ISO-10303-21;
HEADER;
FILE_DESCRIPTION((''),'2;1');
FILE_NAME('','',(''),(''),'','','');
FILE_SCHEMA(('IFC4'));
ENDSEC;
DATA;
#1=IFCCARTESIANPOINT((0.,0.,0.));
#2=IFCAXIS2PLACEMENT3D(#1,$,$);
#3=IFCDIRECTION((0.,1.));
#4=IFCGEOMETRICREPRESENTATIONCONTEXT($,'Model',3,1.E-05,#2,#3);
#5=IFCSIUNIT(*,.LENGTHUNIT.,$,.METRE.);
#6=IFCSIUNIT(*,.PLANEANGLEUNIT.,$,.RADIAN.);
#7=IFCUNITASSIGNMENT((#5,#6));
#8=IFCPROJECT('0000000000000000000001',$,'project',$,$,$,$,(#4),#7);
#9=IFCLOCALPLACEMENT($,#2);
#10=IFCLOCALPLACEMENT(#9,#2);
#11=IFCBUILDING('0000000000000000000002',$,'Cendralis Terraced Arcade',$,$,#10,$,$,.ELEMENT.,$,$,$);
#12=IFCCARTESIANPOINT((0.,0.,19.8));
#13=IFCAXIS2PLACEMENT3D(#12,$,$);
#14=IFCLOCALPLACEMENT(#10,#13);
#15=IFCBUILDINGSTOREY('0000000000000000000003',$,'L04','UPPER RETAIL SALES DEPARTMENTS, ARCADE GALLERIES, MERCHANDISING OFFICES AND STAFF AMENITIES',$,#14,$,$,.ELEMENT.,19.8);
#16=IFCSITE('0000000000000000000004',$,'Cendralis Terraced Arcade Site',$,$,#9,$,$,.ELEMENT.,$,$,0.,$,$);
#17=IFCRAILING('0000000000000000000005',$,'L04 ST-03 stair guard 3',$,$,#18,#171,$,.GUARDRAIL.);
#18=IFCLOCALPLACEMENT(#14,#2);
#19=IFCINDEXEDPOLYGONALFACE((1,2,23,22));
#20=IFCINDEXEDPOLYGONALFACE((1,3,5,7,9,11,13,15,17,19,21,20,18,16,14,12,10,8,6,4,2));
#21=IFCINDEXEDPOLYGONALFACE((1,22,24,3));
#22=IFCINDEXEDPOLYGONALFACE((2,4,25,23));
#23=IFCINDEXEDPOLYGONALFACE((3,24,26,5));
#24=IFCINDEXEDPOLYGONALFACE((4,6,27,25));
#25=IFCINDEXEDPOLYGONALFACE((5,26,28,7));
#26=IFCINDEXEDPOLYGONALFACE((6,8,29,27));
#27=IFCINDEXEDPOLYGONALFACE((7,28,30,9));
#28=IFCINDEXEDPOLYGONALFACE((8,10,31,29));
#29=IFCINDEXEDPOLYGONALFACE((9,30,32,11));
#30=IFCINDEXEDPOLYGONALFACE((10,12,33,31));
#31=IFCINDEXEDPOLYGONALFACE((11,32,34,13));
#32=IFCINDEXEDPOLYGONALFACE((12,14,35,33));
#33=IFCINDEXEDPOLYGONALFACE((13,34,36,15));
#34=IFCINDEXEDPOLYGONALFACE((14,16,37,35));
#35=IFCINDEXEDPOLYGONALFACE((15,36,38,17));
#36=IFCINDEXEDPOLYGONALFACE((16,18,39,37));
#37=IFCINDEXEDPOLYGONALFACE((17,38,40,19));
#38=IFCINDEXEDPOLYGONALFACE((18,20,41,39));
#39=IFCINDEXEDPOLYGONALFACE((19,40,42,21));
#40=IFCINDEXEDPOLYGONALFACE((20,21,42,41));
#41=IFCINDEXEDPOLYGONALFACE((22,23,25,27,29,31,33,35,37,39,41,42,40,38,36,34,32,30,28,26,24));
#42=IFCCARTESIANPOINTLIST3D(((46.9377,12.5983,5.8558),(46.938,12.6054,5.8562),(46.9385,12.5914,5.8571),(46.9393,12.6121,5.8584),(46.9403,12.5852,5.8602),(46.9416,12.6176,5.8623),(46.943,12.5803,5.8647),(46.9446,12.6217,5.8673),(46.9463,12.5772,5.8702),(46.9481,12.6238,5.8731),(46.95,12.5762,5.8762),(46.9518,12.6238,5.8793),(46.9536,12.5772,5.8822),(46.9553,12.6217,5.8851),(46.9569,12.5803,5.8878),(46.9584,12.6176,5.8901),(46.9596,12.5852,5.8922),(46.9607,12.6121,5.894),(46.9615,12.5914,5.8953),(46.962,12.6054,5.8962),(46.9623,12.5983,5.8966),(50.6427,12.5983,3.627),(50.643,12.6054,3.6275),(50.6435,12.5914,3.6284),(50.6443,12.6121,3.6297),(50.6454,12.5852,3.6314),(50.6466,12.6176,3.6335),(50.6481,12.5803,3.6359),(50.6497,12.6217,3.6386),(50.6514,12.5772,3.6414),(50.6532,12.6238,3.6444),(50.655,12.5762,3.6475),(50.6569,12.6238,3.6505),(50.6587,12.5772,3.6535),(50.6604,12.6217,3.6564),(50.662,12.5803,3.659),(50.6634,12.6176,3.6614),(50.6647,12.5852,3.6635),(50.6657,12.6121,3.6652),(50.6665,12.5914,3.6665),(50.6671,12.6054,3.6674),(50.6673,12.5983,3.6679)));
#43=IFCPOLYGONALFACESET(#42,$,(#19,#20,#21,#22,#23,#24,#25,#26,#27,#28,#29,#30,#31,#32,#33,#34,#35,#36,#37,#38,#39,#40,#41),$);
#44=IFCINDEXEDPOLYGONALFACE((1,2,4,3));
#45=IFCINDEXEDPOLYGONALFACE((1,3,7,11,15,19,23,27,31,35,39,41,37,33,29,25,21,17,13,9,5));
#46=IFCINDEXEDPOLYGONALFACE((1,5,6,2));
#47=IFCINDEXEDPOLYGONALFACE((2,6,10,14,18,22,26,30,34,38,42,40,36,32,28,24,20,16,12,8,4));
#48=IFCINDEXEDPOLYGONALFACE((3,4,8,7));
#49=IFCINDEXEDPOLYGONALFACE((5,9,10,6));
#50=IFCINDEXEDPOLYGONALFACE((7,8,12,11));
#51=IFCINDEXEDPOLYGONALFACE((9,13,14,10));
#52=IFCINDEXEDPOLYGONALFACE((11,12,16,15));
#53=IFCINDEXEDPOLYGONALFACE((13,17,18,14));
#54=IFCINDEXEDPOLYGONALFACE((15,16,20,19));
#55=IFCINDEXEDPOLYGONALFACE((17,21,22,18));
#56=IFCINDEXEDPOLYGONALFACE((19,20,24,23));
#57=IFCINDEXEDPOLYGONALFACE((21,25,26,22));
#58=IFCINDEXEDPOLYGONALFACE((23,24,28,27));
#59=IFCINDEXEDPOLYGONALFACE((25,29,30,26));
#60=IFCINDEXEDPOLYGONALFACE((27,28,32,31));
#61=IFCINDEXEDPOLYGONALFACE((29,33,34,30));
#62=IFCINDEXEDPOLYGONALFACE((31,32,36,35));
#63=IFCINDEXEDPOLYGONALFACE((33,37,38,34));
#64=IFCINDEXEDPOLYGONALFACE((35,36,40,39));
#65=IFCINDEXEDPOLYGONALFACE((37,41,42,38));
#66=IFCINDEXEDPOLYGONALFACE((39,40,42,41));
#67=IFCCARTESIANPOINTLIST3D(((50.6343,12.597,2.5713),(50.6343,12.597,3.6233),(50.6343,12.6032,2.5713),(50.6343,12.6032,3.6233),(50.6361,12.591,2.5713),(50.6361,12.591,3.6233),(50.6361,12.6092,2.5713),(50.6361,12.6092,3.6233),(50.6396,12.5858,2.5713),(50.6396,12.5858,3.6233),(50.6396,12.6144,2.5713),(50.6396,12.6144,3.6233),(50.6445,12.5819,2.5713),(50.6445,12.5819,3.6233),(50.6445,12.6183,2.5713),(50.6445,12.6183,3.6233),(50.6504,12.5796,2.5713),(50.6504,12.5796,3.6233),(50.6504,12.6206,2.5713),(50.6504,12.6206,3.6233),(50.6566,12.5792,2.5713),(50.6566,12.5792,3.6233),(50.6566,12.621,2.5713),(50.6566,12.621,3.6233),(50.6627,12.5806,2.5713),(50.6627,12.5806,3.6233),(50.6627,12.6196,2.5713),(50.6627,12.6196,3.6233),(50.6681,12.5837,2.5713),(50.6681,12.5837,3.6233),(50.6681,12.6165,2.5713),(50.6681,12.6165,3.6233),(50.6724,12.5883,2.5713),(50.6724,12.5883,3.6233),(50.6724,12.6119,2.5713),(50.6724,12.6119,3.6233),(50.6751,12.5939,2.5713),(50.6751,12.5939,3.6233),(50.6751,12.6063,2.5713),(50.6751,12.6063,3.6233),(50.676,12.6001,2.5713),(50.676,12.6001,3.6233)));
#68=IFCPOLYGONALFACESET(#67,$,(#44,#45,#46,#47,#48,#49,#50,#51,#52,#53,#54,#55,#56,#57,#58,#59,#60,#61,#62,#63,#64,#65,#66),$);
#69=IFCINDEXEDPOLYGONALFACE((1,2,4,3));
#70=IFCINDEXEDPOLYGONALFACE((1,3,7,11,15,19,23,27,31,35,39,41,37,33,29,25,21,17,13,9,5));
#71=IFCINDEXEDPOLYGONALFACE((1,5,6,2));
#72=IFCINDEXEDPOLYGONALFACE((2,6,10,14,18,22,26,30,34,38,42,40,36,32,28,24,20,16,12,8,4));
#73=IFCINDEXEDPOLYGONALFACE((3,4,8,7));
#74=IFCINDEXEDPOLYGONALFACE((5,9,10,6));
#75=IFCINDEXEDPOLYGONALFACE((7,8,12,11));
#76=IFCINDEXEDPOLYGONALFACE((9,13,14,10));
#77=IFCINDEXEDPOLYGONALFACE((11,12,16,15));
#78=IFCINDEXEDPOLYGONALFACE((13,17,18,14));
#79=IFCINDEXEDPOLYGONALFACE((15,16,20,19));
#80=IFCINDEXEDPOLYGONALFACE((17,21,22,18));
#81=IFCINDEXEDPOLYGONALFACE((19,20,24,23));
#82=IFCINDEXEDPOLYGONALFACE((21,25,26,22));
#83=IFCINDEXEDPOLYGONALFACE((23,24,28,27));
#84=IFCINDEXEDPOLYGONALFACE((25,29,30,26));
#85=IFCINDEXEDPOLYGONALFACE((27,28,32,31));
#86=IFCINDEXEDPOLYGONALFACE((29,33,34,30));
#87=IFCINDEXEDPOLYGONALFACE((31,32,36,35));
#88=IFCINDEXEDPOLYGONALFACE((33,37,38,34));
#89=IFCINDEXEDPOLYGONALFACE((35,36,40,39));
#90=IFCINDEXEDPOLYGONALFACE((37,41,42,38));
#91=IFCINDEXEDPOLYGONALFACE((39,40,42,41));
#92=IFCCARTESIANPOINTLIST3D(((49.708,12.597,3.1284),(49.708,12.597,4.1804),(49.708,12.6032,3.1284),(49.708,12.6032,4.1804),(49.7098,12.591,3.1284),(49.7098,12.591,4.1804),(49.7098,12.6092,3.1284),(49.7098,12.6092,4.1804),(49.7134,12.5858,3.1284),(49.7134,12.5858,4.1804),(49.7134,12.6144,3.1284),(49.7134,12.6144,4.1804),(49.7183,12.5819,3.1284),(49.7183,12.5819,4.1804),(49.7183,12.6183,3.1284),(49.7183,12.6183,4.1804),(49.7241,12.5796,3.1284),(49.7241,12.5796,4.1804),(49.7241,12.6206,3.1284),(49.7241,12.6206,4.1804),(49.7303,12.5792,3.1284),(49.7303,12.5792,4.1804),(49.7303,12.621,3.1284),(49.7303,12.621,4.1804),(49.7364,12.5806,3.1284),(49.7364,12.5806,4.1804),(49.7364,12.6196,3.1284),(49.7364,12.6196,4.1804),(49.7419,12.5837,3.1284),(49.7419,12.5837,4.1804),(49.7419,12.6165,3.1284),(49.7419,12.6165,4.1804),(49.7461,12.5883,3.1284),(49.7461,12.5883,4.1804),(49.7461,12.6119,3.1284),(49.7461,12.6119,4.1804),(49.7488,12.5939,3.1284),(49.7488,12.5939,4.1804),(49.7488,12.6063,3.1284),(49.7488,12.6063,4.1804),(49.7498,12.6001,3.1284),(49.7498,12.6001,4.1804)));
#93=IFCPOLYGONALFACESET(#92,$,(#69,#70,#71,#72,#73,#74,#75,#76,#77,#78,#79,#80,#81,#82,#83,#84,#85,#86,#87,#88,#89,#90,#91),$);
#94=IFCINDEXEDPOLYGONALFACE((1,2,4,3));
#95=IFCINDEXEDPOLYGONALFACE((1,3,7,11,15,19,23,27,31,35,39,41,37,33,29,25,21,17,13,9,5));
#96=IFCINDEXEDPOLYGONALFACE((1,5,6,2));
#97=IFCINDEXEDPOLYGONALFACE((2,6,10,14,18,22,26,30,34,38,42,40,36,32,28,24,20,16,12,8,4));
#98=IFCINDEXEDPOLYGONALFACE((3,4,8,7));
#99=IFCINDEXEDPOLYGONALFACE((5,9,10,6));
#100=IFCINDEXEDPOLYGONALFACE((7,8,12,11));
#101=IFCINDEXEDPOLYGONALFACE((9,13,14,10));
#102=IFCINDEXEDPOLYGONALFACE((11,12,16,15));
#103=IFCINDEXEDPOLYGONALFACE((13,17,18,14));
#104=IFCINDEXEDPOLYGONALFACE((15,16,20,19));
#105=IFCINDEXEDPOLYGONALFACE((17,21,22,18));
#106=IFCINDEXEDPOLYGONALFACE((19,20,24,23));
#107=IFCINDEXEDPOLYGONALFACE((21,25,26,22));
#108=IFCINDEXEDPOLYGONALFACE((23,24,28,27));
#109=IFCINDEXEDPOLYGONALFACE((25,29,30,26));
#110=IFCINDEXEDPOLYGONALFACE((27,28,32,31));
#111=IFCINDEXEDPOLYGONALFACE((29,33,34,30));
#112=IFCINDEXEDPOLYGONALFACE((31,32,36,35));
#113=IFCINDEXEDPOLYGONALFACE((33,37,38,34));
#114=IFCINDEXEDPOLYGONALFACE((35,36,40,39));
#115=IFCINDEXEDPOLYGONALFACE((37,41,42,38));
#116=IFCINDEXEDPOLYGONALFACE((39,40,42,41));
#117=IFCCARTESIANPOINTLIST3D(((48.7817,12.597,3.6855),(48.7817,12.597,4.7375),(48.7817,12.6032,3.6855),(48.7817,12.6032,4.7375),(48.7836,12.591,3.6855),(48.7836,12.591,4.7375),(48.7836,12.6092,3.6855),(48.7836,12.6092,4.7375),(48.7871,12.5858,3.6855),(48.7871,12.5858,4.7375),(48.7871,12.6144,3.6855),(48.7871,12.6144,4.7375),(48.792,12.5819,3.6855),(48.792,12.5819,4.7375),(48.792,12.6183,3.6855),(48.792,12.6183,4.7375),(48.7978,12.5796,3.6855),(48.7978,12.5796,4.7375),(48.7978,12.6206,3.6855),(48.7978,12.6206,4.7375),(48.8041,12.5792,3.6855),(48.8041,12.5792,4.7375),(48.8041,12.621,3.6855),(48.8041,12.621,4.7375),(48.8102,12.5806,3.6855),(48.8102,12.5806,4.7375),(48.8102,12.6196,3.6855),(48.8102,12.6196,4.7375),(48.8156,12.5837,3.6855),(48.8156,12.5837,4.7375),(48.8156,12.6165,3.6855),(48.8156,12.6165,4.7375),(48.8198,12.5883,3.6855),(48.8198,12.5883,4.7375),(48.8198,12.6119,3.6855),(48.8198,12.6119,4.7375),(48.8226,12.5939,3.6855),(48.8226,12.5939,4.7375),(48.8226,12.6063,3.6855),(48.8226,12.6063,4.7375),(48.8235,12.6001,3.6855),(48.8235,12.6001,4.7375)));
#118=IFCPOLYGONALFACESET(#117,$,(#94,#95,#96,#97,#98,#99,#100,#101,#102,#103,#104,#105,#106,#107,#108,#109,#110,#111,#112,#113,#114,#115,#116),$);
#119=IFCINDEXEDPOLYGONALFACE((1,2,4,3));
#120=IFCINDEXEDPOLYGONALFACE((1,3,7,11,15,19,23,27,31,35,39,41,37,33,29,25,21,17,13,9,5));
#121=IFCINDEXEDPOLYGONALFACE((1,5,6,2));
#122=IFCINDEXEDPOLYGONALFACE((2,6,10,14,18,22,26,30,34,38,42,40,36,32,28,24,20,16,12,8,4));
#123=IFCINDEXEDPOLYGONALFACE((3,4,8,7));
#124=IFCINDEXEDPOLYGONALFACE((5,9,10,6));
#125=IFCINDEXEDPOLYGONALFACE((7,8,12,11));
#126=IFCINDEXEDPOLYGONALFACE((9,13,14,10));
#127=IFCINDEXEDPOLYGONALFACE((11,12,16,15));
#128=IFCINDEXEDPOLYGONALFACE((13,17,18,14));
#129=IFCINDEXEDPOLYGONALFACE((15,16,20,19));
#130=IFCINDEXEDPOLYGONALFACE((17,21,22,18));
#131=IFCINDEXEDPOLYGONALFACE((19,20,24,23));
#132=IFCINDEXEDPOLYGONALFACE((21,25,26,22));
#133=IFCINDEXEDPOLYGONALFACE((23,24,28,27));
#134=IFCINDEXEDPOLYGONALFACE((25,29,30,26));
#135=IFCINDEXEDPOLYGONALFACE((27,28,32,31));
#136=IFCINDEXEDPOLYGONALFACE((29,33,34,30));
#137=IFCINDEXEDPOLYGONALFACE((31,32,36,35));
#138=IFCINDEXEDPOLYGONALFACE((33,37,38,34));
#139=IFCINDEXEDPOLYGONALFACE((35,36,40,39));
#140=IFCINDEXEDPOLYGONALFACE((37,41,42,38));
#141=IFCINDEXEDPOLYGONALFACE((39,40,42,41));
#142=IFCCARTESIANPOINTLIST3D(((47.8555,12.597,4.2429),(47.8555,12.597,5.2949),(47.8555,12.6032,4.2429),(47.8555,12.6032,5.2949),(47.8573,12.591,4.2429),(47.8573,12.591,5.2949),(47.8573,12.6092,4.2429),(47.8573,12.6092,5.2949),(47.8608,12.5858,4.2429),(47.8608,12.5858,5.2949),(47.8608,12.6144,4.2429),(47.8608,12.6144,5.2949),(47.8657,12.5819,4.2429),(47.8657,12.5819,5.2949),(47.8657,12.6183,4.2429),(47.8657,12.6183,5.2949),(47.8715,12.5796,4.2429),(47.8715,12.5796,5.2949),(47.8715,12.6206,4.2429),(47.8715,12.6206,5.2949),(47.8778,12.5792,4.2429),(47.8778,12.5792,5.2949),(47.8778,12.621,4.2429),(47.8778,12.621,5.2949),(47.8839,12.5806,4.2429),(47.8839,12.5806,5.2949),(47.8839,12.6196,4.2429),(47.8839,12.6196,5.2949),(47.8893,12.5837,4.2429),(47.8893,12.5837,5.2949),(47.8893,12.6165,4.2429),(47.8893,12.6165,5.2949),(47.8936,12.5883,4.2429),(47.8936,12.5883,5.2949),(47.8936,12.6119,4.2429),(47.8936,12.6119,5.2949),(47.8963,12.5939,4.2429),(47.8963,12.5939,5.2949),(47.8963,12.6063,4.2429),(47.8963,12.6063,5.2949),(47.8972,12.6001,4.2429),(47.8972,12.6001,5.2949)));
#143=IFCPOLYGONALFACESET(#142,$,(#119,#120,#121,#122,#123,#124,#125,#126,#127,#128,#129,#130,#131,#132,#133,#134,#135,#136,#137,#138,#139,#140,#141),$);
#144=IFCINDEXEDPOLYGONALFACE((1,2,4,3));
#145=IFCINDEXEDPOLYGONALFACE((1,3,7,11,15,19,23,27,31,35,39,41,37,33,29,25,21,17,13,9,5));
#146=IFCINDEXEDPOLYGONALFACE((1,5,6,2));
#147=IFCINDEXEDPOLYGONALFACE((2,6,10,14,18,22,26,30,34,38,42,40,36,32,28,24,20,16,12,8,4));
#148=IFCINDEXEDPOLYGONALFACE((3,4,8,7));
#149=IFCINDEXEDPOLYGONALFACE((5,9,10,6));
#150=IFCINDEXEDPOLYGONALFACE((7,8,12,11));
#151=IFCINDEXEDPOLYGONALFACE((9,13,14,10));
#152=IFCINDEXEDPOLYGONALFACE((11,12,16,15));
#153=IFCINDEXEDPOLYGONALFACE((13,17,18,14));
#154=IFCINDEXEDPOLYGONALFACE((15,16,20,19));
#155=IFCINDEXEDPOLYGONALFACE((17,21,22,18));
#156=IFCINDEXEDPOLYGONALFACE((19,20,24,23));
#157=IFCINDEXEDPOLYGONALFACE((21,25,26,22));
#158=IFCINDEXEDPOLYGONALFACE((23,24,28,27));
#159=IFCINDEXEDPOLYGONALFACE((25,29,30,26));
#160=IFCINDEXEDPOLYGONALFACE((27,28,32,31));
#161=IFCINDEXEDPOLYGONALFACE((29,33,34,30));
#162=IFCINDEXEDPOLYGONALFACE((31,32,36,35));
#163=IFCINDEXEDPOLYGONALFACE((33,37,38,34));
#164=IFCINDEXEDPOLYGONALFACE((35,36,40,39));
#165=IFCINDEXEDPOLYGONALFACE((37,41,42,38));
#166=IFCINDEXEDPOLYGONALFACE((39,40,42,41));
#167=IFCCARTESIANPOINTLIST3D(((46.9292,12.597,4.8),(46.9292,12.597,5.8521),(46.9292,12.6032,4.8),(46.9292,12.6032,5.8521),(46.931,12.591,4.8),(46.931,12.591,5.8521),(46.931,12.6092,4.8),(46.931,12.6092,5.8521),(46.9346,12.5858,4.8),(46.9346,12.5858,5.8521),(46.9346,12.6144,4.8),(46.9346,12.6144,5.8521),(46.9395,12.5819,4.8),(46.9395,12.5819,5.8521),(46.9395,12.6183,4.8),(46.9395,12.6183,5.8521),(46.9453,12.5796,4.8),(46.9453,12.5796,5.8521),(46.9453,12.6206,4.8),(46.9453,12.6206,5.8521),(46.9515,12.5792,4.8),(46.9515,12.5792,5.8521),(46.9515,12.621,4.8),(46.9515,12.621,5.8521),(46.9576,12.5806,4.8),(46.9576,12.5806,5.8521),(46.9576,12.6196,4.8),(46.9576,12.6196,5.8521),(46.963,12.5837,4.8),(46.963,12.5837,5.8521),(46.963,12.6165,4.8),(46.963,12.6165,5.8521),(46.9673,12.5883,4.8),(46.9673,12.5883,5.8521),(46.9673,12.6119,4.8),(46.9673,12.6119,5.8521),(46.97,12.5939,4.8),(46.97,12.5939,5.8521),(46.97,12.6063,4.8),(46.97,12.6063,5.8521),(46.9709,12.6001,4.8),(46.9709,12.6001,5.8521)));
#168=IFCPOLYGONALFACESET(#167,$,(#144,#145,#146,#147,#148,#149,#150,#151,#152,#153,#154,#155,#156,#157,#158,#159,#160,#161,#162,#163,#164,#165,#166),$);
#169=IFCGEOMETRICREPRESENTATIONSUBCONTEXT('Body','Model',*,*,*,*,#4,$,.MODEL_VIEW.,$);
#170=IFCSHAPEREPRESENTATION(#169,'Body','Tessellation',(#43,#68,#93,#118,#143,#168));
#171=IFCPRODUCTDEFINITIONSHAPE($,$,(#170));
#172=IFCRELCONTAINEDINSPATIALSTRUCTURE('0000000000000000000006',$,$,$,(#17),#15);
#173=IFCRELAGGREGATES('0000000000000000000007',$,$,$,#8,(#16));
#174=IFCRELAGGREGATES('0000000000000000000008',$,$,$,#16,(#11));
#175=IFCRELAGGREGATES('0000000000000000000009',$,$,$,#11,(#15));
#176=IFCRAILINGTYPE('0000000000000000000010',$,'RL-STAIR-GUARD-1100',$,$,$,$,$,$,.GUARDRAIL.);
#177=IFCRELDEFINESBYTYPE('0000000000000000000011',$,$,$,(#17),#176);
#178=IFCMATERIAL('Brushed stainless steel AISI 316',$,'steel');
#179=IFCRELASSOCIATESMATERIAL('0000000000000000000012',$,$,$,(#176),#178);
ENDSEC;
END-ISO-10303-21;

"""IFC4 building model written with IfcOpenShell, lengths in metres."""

from ifc_helpers import new_model, si_unit, direction, frame, origin, origin_2d, place, context, subcontext, project, spatial, circle, extrude, material, type_object, element, save


model = new_model("IFC4")

# Units and contexts
model_context = context("Model", 3, precision=1e-05, world=origin(), true_north=direction((0.0, 1.0)))
body_context = subcontext(model_context, "Body", "Model", "MODEL_VIEW")
ifc_project = project(units=[si_unit("LENGTHUNIT", "METRE"), si_unit("PLANEANGLEUNIT", "RADIAN")], contexts=[model_context])

# Site, building, storey
site_placement = place(None, origin())
site = spatial("IfcSite", under=ifc_project, at=site_placement, Name="Cendralis Terraced Arcade Site", CompositionType="ELEMENT", RefElevation=0.0)
building_placement = place(site_placement, origin())
building = spatial("IfcBuilding", under=site, at=building_placement, Name="Cendralis Terraced Arcade", CompositionType="ELEMENT")
storey_placement = place(building_placement, frame((0.0, 0.0, 19.8)))
storey = spatial("IfcBuildingStorey", under=building, at=storey_placement, Name="L04", Description="UPPER RETAIL SALES DEPARTMENTS, ARCADE GALLERIES, MERCHANDISING OFFICES AND STAFF AMENITIES", CompositionType="ELEMENT", Elevation=19.8)

# Railing
ifc_material_1 = material(Name="Brushed stainless steel AISI 316", Category="steel")
railing_type_1 = type_object("IfcRailingType", Name="RL-STAIR-GUARD-1100", PredefinedType="GUARDRAIL", material=ifc_material_1)
railing_1_placement = place(storey_placement, frame((50.655, 12.6001, 2.5713)))
element("IfcRailing", 1, at=railing_1_placement, inside=storey, type_object=railing_type_1, Name="L04 ST-03 stair guard 3", PredefinedType="GUARDRAIL", context=body_context, shape_type="SweptSolid", body=[
    extrude(circle(Radius=0.0239, at=origin_2d()), frame((0.0, 0.0, 1.0762), z_axis=(-0.856909, 0.0, 0.515467), x_axis=(0.0, -1.0, 0.0)), (0.0, 0.0, 1.0), 4.3237),
    extrude(circle(Radius=0.021, at=origin_2d()), origin(), (0.0, 0.0, 1.0), 1.052),
    extrude(circle(Radius=0.021, at=origin_2d()), frame((-0.9263, 0.0, 0.5571)), (0.0, 0.0, 1.0), 1.052),
    extrude(circle(Radius=0.021, at=origin_2d()), frame((-1.8525, 0.0, 1.1143)), (0.0, 0.0, 1.0), 1.052),
    extrude(circle(Radius=0.021, at=origin_2d()), frame((-2.7788, 0.0, 1.6716)), (0.0, 0.0, 1.0), 1.052),
    extrude(circle(Radius=0.021, at=origin_2d()), frame((-3.7051, 0.0, 2.2288)), (0.0, 0.0, 1.0), 1.052),
])

save(model, "model.ifc")
